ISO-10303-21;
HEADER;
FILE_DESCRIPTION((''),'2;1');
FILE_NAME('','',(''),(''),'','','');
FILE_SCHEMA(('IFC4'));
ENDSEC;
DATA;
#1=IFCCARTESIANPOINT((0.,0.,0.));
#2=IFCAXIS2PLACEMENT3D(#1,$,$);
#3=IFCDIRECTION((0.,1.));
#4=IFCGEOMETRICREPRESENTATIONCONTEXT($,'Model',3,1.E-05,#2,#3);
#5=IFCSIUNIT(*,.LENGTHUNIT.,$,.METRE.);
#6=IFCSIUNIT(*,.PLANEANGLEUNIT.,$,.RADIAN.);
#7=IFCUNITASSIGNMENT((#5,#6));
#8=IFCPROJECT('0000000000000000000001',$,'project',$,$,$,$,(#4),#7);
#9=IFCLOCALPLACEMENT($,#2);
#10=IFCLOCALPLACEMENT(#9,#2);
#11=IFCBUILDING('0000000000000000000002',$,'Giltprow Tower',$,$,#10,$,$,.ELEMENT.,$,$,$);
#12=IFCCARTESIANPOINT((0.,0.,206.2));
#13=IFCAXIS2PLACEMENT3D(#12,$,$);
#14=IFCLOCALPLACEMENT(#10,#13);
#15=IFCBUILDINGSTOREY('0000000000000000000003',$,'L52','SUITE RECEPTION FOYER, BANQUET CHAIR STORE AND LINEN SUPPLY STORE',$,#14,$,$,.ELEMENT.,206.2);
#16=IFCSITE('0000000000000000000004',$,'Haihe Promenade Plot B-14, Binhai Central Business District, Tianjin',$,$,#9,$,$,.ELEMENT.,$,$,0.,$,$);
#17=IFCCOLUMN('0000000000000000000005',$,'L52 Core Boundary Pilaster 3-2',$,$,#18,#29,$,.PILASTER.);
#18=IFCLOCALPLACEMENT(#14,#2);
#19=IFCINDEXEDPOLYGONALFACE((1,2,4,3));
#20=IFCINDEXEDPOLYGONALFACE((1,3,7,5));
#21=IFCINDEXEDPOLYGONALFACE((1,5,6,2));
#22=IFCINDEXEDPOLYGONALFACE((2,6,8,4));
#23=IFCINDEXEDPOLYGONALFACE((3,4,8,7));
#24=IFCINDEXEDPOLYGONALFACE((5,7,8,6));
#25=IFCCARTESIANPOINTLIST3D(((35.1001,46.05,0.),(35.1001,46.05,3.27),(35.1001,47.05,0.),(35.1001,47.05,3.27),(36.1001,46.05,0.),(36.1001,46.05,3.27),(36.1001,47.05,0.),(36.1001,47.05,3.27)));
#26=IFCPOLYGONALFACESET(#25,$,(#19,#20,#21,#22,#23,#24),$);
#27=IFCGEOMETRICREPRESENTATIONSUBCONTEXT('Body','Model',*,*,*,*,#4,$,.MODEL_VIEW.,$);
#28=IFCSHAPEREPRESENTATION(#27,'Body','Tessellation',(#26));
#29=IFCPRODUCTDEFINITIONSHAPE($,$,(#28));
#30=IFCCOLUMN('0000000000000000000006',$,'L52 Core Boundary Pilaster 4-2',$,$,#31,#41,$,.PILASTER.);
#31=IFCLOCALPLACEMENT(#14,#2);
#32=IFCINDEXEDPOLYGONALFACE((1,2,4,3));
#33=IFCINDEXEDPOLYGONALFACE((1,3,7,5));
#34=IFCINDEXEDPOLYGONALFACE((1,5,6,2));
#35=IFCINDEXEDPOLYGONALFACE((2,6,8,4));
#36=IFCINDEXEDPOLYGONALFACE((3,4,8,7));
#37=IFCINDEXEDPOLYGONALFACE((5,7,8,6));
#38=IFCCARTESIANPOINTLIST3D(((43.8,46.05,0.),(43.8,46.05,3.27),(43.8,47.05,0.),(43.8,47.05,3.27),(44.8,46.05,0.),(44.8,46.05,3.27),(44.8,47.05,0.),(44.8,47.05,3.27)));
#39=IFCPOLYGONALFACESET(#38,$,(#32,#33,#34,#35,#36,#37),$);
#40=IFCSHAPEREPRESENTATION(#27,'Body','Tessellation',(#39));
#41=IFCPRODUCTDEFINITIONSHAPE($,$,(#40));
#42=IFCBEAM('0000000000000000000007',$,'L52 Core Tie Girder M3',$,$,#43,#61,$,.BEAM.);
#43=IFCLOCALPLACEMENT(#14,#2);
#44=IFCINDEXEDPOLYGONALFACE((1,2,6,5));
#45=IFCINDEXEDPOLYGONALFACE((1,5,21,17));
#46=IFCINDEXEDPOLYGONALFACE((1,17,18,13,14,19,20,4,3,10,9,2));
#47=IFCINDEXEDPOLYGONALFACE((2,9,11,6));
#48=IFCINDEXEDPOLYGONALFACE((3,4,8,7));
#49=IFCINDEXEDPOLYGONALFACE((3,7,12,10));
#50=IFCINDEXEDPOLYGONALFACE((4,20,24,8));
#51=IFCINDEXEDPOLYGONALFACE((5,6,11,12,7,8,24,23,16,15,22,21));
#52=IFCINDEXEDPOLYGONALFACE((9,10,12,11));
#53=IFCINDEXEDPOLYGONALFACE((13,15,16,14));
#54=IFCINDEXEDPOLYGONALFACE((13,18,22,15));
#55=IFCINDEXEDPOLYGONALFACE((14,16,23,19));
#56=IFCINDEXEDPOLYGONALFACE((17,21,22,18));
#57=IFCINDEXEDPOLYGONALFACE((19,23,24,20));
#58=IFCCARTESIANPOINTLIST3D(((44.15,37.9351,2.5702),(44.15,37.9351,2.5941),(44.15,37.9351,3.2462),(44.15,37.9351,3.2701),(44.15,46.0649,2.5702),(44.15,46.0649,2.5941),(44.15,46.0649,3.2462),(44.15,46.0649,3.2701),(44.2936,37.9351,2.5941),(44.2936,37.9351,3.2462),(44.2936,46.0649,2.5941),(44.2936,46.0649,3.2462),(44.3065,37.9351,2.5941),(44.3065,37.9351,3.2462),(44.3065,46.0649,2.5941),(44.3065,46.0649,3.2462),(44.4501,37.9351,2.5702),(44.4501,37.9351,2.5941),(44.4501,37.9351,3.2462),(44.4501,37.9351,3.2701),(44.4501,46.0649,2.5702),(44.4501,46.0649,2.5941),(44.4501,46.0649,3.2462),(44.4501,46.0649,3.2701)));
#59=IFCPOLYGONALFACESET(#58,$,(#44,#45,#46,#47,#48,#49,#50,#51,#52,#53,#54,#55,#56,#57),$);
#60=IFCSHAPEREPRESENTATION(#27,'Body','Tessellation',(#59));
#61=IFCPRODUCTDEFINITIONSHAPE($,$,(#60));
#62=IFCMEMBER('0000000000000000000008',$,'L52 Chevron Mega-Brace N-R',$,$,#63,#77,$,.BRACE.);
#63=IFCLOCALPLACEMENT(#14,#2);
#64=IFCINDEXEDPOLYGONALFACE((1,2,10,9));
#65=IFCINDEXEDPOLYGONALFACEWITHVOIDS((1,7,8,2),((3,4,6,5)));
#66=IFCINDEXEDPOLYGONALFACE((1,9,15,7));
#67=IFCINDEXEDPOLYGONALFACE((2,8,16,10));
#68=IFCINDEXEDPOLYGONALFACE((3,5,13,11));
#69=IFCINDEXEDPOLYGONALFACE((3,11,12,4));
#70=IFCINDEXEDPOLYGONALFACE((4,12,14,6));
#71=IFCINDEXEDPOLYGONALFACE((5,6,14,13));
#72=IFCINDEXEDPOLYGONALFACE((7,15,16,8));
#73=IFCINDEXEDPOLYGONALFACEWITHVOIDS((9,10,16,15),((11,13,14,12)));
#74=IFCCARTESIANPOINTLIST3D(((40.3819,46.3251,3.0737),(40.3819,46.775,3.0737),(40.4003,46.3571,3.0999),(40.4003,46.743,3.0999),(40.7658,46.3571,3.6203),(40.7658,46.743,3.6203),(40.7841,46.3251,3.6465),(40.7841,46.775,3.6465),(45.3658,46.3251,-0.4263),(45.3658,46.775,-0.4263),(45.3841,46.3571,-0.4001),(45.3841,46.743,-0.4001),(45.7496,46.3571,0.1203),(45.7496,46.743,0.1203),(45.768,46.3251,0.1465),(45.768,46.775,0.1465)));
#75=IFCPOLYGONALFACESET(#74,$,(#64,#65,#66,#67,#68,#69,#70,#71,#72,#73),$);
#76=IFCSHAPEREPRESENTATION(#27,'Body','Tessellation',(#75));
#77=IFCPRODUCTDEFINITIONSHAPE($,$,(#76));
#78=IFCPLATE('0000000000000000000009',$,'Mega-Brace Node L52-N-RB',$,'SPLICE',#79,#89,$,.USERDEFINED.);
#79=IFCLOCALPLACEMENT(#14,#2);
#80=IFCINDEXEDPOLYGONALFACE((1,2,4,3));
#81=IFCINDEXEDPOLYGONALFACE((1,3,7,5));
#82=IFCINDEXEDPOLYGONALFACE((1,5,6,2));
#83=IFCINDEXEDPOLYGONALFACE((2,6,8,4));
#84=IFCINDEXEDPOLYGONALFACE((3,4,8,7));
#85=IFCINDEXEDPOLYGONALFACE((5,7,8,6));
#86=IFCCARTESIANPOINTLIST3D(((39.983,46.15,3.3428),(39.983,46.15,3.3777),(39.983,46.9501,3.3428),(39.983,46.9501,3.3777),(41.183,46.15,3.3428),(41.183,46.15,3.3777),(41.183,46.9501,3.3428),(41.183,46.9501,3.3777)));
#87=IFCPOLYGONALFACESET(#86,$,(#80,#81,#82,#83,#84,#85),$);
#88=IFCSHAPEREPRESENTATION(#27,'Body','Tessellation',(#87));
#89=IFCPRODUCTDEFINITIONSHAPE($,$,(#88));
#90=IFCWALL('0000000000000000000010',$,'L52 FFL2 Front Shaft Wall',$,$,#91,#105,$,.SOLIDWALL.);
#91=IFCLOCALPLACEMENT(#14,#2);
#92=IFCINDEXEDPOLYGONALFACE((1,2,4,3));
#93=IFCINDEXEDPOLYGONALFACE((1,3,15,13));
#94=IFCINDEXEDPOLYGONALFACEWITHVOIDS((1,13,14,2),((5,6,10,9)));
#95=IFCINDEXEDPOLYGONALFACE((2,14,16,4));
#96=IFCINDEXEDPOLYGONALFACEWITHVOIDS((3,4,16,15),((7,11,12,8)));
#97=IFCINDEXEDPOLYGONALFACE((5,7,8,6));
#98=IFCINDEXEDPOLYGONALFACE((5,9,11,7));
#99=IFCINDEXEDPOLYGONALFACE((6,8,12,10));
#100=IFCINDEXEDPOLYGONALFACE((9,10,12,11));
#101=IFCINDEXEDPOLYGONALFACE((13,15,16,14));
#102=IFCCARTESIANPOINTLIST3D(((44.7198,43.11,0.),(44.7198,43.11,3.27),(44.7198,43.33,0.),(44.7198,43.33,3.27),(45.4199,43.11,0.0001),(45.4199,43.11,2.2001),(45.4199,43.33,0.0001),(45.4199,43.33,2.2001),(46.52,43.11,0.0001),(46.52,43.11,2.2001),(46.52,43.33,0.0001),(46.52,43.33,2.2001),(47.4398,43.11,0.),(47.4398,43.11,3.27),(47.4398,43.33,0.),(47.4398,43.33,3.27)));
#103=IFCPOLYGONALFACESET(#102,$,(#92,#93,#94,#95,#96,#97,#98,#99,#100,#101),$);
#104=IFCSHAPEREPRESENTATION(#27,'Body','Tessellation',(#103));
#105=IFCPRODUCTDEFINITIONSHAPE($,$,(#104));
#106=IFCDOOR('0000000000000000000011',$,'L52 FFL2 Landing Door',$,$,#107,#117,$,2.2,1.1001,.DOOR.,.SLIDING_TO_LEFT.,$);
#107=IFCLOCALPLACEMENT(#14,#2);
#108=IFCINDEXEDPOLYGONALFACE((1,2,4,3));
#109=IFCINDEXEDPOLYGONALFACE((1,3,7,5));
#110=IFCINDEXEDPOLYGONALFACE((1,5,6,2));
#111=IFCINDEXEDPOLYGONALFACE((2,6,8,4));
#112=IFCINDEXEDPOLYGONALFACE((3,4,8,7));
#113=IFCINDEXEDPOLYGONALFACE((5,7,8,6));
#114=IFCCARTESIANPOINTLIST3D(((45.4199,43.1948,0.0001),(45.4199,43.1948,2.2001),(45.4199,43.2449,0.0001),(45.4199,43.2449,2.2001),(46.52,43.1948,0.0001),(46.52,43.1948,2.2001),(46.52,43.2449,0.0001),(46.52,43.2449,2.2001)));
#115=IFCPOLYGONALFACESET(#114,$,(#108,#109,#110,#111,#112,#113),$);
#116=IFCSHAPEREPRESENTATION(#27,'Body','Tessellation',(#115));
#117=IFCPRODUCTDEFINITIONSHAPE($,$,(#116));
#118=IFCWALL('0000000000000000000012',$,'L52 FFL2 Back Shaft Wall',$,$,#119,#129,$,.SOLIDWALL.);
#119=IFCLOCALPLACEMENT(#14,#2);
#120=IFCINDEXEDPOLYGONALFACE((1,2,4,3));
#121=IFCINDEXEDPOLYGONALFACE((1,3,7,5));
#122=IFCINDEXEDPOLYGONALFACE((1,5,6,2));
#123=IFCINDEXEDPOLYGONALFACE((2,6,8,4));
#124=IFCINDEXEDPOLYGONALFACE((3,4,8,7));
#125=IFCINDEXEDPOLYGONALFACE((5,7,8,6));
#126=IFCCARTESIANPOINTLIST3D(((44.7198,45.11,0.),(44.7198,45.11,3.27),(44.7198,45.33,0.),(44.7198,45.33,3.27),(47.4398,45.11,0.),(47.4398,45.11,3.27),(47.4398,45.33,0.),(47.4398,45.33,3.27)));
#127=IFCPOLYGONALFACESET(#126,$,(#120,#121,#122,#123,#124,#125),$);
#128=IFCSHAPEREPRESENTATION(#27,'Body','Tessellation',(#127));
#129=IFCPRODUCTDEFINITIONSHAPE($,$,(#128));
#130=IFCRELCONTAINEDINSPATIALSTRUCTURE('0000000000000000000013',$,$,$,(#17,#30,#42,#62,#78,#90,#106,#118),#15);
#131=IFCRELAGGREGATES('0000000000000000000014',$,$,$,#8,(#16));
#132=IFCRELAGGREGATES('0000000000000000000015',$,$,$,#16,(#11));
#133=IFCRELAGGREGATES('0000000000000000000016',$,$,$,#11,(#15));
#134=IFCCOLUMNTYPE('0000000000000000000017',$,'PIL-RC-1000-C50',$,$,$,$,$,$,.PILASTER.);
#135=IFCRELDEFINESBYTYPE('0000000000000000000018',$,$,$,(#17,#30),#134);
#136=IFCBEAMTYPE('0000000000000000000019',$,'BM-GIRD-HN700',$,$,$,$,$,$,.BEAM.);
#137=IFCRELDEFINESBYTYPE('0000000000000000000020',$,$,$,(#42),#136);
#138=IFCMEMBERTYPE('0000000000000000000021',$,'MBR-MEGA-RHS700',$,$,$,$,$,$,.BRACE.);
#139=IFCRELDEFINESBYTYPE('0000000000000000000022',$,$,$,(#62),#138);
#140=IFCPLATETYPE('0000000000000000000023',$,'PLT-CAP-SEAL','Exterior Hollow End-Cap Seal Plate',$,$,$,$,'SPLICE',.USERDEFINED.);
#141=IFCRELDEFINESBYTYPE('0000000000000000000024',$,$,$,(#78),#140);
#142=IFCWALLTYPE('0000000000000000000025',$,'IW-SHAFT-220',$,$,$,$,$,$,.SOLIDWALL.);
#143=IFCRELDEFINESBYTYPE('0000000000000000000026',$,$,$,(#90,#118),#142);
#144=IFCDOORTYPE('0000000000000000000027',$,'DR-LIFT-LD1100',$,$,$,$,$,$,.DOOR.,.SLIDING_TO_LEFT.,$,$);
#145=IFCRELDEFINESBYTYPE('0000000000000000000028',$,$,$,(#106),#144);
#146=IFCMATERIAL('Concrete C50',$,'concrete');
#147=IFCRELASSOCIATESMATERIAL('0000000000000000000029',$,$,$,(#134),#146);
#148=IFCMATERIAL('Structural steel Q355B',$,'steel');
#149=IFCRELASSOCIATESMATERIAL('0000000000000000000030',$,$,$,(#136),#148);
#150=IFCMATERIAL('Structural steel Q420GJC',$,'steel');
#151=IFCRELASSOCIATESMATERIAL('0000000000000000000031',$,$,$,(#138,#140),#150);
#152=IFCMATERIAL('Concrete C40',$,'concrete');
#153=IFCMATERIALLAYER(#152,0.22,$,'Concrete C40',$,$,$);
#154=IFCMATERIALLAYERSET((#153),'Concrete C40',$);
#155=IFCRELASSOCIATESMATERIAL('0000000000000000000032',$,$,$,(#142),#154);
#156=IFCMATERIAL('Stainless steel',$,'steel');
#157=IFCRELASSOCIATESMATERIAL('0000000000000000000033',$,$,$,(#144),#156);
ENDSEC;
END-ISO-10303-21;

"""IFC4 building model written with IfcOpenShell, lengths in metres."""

from ifc_helpers import new_model, si_unit, direction, frame, frame_2d, origin, origin_2d, place, context, subcontext, project, spatial, rectangle, hollow_rectangle, i_section, extrude, source, transform, mapped, material, layer, layer_set, material_profile, profile_set, type_object, element, fill, save


model = new_model("IFC4")

# Units and contexts
model_context = context("Model", 3, precision=1e-05, world=origin(), true_north=direction((0.0, 1.0)))
body_context = subcontext(model_context, "Body", "Model", "MODEL_VIEW")
ifc_project = project(units=[si_unit("LENGTHUNIT", "METRE"), si_unit("PLANEANGLEUNIT", "RADIAN")], contexts=[model_context])

# Site, building, storey
site_placement = place(None, origin())
site = spatial("IfcSite", under=ifc_project, at=site_placement, Name="Haihe Promenade Plot B-14, Binhai Central Business District, Tianjin", CompositionType="ELEMENT", RefElevation=0.0)
building_placement = place(site_placement, origin())
building = spatial("IfcBuilding", under=site, at=building_placement, Name="Giltprow Tower", CompositionType="ELEMENT")
storey_placement = place(building_placement, frame((0.0, 0.0, 206.2)))
storey = spatial("IfcBuildingStorey", under=building, at=storey_placement, Name="L52", Description="SUITE RECEPTION FOYER, BANQUET CHAIR STORE AND LINEN SUPPLY STORE", CompositionType="ELEMENT", Elevation=206.2)

# Columns
ifc_material_1 = material(Name="Concrete C50", Category="concrete")
ifc_material_profile_1 = material_profile(ifc_material_1, rectangle(XDim=1.0, YDim=1.0, at=origin_2d()), Name="RC 1000x1000")
ifc_profile_set_1 = profile_set([ifc_material_profile_1], Name="Concrete C50")
column_type = type_object("IfcColumnType", Name="PIL-RC-1000-C50", PredefinedType="PILASTER", material=ifc_profile_set_1)
shared_shape_1 = source(origin(), body_context, "Body", "SweptSolid", [
    extrude(rectangle(XDim=1.0, YDim=1.0, at=origin_2d()), origin(), (0.0, 0.0, 1.0), 3.27),
])
for number, where, z_axis, x_axis, name in (
    (1, (35.6001, 46.55, 0.0), (0.0, 0.0, 1.0), (1.0, 0.0, 0.0), "L52 Core Boundary Pilaster 3-2"),
    (2, (44.3, 46.55, 0.0), (0.0, 0.0, 1.0), (1.0, 0.0, 0.0), "L52 Core Boundary Pilaster 4-2"),
):
    element("IfcColumn", number, at=place(storey_placement, frame(where, z_axis=z_axis, x_axis=x_axis)), inside=storey, type_object=column_type, Name=name, PredefinedType="PILASTER", context=body_context, shape_type="MappedRepresentation", body=[
        mapped(shared_shape_1, transform((0.0, 0.0, 0.0), x_axis=(1.0, 0.0, 0.0), y_axis=(0.0, 1.0, 0.0), z_axis=(0.0, 0.0, 1.0), scale=1.0)),
    ])

# Beam
ifc_material_2 = material(Name="Structural steel Q355B", Category="steel")
ifc_material_profile_2 = material_profile(ifc_material_2, i_section(OverallWidth=0.3, OverallDepth=0.7, WebThickness=0.0129, FlangeThickness=0.0239, at=origin_2d()), Name="HN 700x300x13x24")
ifc_profile_set_2 = profile_set([ifc_material_profile_2], Name="Structural steel Q355B")
beam_type = type_object("IfcBeamType", Name="BM-GIRD-HN700", PredefinedType="BEAM", material=ifc_profile_set_2)
shared_shape_2 = source(origin(), body_context, "Body", "SweptSolid", [
    extrude(i_section(OverallWidth=0.3, OverallDepth=0.7, WebThickness=0.0129, FlangeThickness=0.0239, at=origin_2d()), origin(), (0.0, 0.0, 1.0), 8.1299),
])
beam_placement = place(storey_placement, frame((44.3, 37.9351, 2.9202), z_axis=(0.0, 1.0, 0.0), x_axis=(-1.0, 0.0, 0.0)))
element("IfcBeam", 3, at=beam_placement, inside=storey, type_object=beam_type, Name="L52 Core Tie Girder M3", PredefinedType="BEAM", context=body_context, shape_type="MappedRepresentation", body=[
    mapped(shared_shape_2, transform((0.0, 0.0, 0.0), x_axis=(1.0, 0.0, 0.0), y_axis=(0.0, 1.0, 0.0), z_axis=(0.0, 0.0, 1.0), scale=1.0)),
])

# Member
ifc_material_3 = material(Name="Structural steel Q420GJC", Category="steel")
ifc_material_profile_3 = material_profile(ifc_material_3, hollow_rectangle(XDim=0.45, YDim=0.7, WallThickness=0.032, at=origin_2d()), Name="RHS 700x450x32")
ifc_profile_set_3 = profile_set([ifc_material_profile_3], Name="Structural steel Q420GJC")
member_type = type_object("IfcMemberType", Name="MBR-MEGA-RHS700", PredefinedType="BRACE", material=ifc_profile_set_3)
shared_shape_3 = source(origin(), body_context, "Body", "SweptSolid", [
    extrude(hollow_rectangle(XDim=0.45, YDim=0.7, WallThickness=0.032, at=origin_2d()), origin(), (0.0, 0.0, 1.0), 6.0901),
])
member_placement = place(storey_placement, frame((45.5669, 46.55, -0.1399), z_axis=(-0.818361, 0.0, 0.574705), x_axis=(0.0, -1.0, 0.0)))
element("IfcMember", 4, at=member_placement, inside=storey, type_object=member_type, Name="L52 Chevron Mega-Brace N-R", PredefinedType="BRACE", context=body_context, shape_type="MappedRepresentation", body=[
    mapped(shared_shape_3, transform((0.0, 0.0, 0.0), x_axis=(1.0, 0.0, 0.0), y_axis=(0.0, 1.0, 0.0), z_axis=(0.0, 0.0, 1.0), scale=1.0)),
])

# Plate
plate_type = type_object("IfcPlateType", Name="PLT-CAP-SEAL", Description="Exterior Hollow End-Cap Seal Plate", ElementType="SPLICE", PredefinedType="USERDEFINED", material=ifc_material_3)
shared_shape_4 = source(origin(), body_context, "Body", "SweptSolid", [
    extrude(rectangle(XDim=1.2, YDim=0.8, at=origin_2d()), origin(), (0.0, 0.0, 1.0), 0.0349),
])
plate_placement = place(storey_placement, frame((40.583, 46.55, 3.3428), z_axis=(0.0, 0.0, 1.0), x_axis=(1.0, 0.0, 0.0)))
element("IfcPlate", 5, at=plate_placement, inside=storey, type_object=plate_type, Name="Mega-Brace Node L52-N-RB", ObjectType="SPLICE", PredefinedType="USERDEFINED", context=body_context, shape_type="MappedRepresentation", body=[
    mapped(shared_shape_4, transform((0.0, 0.0, 0.0), x_axis=(1.0, 0.0, 0.0), y_axis=(0.0, 1.0, 0.0), z_axis=(0.0, 0.0, 1.0), scale=1.0)),
])

# Wall, opening, door
ifc_material_4 = material(Name="Concrete C40", Category="concrete")
ifc_layer_1 = layer(ifc_material_4, 0.22, Name="Concrete C40")
ifc_layer_set_1 = layer_set([ifc_layer_1], Name="Concrete C40")
wall_type_1 = type_object("IfcWallType", Name="IW-SHAFT-220", PredefinedType="SOLIDWALL", material=ifc_layer_set_1)
wall_1_placement = place(storey_placement, frame((44.72, 43.22, 0.0), z_axis=(0.0, 0.0, 1.0), x_axis=(1.0, 0.0, 0.0)))
wall_1 = element("IfcWall", 6, at=wall_1_placement, inside=storey, type_object=wall_type_1, Name="L52 FFL2 Front Shaft Wall", PredefinedType="SOLIDWALL", context=body_context, shape_type="SweptSolid", body=[
    extrude(rectangle(XDim=2.72, YDim=0.22, at=frame_2d((1.3599, 0.0))), origin(), (0.0, 0.0, 1.0), 3.27),
])
opening_1_placement = place(wall_1_placement, frame((0.7, 0.0, 0.0)))
opening_1 = element("IfcOpeningElement", 7, at=opening_1_placement, cuts=wall_1, PredefinedType="OPENING", context=body_context, shape_type="SweptSolid", body=[
    extrude(rectangle(XDim=1.1001, YDim=2.2, at=frame_2d((0.55, 1.1001))), frame((0.0, 0.1199, 0.0), z_axis=(0.0, -1.0, 0.0), x_axis=(1.0, 0.0, 0.0)), (0.0, 0.0, 1.0), 0.24),
])
ifc_material_5 = material(Name="Stainless steel", Category="steel")
door_type = type_object("IfcDoorType", Name="DR-LIFT-LD1100", OperationType="SLIDING_TO_LEFT", PredefinedType="DOOR", material=ifc_material_5)
shared_shape_5 = source(origin(), body_context, "Body", "SweptSolid", [
    extrude(rectangle(XDim=1.1001, YDim=2.2, at=frame_2d((0.55, 1.1001))), frame((0.0, 0.0249, 0.0), z_axis=(0.0, -1.0, 0.0), x_axis=(1.0, 0.0, 0.0)), (0.0, 0.0, 1.0), 0.05),
])
door_1_placement = place(opening_1_placement, origin())
door_1 = element("IfcDoor", 8, at=door_1_placement, inside=storey, type_object=door_type, Name="L52 FFL2 Landing Door", OperationType="SLIDING_TO_LEFT", OverallHeight=2.2, OverallWidth=1.1001, PredefinedType="DOOR", context=body_context, shape_type="MappedRepresentation", body=[
    mapped(shared_shape_5, transform((0.0, 0.0, 0.0), x_axis=(1.0, 0.0, 0.0), y_axis=(0.0, 1.0, 0.0), z_axis=(0.0, 0.0, 1.0), scale=1.0)),
])
fill(opening_1, door_1)

# Wall
wall_2_placement = place(storey_placement, frame((44.72, 45.22, 0.0), z_axis=(0.0, 0.0, 1.0), x_axis=(1.0, 0.0, 0.0)))
element("IfcWall", 9, at=wall_2_placement, inside=storey, type_object=wall_type_1, Name="L52 FFL2 Back Shaft Wall", PredefinedType="SOLIDWALL", context=body_context, shape_type="SweptSolid", body=[
    extrude(rectangle(XDim=2.72, YDim=0.22, at=frame_2d((1.3599, 0.0))), origin(), (0.0, 0.0, 1.0), 3.27),
])

save(model, "model.ifc")
